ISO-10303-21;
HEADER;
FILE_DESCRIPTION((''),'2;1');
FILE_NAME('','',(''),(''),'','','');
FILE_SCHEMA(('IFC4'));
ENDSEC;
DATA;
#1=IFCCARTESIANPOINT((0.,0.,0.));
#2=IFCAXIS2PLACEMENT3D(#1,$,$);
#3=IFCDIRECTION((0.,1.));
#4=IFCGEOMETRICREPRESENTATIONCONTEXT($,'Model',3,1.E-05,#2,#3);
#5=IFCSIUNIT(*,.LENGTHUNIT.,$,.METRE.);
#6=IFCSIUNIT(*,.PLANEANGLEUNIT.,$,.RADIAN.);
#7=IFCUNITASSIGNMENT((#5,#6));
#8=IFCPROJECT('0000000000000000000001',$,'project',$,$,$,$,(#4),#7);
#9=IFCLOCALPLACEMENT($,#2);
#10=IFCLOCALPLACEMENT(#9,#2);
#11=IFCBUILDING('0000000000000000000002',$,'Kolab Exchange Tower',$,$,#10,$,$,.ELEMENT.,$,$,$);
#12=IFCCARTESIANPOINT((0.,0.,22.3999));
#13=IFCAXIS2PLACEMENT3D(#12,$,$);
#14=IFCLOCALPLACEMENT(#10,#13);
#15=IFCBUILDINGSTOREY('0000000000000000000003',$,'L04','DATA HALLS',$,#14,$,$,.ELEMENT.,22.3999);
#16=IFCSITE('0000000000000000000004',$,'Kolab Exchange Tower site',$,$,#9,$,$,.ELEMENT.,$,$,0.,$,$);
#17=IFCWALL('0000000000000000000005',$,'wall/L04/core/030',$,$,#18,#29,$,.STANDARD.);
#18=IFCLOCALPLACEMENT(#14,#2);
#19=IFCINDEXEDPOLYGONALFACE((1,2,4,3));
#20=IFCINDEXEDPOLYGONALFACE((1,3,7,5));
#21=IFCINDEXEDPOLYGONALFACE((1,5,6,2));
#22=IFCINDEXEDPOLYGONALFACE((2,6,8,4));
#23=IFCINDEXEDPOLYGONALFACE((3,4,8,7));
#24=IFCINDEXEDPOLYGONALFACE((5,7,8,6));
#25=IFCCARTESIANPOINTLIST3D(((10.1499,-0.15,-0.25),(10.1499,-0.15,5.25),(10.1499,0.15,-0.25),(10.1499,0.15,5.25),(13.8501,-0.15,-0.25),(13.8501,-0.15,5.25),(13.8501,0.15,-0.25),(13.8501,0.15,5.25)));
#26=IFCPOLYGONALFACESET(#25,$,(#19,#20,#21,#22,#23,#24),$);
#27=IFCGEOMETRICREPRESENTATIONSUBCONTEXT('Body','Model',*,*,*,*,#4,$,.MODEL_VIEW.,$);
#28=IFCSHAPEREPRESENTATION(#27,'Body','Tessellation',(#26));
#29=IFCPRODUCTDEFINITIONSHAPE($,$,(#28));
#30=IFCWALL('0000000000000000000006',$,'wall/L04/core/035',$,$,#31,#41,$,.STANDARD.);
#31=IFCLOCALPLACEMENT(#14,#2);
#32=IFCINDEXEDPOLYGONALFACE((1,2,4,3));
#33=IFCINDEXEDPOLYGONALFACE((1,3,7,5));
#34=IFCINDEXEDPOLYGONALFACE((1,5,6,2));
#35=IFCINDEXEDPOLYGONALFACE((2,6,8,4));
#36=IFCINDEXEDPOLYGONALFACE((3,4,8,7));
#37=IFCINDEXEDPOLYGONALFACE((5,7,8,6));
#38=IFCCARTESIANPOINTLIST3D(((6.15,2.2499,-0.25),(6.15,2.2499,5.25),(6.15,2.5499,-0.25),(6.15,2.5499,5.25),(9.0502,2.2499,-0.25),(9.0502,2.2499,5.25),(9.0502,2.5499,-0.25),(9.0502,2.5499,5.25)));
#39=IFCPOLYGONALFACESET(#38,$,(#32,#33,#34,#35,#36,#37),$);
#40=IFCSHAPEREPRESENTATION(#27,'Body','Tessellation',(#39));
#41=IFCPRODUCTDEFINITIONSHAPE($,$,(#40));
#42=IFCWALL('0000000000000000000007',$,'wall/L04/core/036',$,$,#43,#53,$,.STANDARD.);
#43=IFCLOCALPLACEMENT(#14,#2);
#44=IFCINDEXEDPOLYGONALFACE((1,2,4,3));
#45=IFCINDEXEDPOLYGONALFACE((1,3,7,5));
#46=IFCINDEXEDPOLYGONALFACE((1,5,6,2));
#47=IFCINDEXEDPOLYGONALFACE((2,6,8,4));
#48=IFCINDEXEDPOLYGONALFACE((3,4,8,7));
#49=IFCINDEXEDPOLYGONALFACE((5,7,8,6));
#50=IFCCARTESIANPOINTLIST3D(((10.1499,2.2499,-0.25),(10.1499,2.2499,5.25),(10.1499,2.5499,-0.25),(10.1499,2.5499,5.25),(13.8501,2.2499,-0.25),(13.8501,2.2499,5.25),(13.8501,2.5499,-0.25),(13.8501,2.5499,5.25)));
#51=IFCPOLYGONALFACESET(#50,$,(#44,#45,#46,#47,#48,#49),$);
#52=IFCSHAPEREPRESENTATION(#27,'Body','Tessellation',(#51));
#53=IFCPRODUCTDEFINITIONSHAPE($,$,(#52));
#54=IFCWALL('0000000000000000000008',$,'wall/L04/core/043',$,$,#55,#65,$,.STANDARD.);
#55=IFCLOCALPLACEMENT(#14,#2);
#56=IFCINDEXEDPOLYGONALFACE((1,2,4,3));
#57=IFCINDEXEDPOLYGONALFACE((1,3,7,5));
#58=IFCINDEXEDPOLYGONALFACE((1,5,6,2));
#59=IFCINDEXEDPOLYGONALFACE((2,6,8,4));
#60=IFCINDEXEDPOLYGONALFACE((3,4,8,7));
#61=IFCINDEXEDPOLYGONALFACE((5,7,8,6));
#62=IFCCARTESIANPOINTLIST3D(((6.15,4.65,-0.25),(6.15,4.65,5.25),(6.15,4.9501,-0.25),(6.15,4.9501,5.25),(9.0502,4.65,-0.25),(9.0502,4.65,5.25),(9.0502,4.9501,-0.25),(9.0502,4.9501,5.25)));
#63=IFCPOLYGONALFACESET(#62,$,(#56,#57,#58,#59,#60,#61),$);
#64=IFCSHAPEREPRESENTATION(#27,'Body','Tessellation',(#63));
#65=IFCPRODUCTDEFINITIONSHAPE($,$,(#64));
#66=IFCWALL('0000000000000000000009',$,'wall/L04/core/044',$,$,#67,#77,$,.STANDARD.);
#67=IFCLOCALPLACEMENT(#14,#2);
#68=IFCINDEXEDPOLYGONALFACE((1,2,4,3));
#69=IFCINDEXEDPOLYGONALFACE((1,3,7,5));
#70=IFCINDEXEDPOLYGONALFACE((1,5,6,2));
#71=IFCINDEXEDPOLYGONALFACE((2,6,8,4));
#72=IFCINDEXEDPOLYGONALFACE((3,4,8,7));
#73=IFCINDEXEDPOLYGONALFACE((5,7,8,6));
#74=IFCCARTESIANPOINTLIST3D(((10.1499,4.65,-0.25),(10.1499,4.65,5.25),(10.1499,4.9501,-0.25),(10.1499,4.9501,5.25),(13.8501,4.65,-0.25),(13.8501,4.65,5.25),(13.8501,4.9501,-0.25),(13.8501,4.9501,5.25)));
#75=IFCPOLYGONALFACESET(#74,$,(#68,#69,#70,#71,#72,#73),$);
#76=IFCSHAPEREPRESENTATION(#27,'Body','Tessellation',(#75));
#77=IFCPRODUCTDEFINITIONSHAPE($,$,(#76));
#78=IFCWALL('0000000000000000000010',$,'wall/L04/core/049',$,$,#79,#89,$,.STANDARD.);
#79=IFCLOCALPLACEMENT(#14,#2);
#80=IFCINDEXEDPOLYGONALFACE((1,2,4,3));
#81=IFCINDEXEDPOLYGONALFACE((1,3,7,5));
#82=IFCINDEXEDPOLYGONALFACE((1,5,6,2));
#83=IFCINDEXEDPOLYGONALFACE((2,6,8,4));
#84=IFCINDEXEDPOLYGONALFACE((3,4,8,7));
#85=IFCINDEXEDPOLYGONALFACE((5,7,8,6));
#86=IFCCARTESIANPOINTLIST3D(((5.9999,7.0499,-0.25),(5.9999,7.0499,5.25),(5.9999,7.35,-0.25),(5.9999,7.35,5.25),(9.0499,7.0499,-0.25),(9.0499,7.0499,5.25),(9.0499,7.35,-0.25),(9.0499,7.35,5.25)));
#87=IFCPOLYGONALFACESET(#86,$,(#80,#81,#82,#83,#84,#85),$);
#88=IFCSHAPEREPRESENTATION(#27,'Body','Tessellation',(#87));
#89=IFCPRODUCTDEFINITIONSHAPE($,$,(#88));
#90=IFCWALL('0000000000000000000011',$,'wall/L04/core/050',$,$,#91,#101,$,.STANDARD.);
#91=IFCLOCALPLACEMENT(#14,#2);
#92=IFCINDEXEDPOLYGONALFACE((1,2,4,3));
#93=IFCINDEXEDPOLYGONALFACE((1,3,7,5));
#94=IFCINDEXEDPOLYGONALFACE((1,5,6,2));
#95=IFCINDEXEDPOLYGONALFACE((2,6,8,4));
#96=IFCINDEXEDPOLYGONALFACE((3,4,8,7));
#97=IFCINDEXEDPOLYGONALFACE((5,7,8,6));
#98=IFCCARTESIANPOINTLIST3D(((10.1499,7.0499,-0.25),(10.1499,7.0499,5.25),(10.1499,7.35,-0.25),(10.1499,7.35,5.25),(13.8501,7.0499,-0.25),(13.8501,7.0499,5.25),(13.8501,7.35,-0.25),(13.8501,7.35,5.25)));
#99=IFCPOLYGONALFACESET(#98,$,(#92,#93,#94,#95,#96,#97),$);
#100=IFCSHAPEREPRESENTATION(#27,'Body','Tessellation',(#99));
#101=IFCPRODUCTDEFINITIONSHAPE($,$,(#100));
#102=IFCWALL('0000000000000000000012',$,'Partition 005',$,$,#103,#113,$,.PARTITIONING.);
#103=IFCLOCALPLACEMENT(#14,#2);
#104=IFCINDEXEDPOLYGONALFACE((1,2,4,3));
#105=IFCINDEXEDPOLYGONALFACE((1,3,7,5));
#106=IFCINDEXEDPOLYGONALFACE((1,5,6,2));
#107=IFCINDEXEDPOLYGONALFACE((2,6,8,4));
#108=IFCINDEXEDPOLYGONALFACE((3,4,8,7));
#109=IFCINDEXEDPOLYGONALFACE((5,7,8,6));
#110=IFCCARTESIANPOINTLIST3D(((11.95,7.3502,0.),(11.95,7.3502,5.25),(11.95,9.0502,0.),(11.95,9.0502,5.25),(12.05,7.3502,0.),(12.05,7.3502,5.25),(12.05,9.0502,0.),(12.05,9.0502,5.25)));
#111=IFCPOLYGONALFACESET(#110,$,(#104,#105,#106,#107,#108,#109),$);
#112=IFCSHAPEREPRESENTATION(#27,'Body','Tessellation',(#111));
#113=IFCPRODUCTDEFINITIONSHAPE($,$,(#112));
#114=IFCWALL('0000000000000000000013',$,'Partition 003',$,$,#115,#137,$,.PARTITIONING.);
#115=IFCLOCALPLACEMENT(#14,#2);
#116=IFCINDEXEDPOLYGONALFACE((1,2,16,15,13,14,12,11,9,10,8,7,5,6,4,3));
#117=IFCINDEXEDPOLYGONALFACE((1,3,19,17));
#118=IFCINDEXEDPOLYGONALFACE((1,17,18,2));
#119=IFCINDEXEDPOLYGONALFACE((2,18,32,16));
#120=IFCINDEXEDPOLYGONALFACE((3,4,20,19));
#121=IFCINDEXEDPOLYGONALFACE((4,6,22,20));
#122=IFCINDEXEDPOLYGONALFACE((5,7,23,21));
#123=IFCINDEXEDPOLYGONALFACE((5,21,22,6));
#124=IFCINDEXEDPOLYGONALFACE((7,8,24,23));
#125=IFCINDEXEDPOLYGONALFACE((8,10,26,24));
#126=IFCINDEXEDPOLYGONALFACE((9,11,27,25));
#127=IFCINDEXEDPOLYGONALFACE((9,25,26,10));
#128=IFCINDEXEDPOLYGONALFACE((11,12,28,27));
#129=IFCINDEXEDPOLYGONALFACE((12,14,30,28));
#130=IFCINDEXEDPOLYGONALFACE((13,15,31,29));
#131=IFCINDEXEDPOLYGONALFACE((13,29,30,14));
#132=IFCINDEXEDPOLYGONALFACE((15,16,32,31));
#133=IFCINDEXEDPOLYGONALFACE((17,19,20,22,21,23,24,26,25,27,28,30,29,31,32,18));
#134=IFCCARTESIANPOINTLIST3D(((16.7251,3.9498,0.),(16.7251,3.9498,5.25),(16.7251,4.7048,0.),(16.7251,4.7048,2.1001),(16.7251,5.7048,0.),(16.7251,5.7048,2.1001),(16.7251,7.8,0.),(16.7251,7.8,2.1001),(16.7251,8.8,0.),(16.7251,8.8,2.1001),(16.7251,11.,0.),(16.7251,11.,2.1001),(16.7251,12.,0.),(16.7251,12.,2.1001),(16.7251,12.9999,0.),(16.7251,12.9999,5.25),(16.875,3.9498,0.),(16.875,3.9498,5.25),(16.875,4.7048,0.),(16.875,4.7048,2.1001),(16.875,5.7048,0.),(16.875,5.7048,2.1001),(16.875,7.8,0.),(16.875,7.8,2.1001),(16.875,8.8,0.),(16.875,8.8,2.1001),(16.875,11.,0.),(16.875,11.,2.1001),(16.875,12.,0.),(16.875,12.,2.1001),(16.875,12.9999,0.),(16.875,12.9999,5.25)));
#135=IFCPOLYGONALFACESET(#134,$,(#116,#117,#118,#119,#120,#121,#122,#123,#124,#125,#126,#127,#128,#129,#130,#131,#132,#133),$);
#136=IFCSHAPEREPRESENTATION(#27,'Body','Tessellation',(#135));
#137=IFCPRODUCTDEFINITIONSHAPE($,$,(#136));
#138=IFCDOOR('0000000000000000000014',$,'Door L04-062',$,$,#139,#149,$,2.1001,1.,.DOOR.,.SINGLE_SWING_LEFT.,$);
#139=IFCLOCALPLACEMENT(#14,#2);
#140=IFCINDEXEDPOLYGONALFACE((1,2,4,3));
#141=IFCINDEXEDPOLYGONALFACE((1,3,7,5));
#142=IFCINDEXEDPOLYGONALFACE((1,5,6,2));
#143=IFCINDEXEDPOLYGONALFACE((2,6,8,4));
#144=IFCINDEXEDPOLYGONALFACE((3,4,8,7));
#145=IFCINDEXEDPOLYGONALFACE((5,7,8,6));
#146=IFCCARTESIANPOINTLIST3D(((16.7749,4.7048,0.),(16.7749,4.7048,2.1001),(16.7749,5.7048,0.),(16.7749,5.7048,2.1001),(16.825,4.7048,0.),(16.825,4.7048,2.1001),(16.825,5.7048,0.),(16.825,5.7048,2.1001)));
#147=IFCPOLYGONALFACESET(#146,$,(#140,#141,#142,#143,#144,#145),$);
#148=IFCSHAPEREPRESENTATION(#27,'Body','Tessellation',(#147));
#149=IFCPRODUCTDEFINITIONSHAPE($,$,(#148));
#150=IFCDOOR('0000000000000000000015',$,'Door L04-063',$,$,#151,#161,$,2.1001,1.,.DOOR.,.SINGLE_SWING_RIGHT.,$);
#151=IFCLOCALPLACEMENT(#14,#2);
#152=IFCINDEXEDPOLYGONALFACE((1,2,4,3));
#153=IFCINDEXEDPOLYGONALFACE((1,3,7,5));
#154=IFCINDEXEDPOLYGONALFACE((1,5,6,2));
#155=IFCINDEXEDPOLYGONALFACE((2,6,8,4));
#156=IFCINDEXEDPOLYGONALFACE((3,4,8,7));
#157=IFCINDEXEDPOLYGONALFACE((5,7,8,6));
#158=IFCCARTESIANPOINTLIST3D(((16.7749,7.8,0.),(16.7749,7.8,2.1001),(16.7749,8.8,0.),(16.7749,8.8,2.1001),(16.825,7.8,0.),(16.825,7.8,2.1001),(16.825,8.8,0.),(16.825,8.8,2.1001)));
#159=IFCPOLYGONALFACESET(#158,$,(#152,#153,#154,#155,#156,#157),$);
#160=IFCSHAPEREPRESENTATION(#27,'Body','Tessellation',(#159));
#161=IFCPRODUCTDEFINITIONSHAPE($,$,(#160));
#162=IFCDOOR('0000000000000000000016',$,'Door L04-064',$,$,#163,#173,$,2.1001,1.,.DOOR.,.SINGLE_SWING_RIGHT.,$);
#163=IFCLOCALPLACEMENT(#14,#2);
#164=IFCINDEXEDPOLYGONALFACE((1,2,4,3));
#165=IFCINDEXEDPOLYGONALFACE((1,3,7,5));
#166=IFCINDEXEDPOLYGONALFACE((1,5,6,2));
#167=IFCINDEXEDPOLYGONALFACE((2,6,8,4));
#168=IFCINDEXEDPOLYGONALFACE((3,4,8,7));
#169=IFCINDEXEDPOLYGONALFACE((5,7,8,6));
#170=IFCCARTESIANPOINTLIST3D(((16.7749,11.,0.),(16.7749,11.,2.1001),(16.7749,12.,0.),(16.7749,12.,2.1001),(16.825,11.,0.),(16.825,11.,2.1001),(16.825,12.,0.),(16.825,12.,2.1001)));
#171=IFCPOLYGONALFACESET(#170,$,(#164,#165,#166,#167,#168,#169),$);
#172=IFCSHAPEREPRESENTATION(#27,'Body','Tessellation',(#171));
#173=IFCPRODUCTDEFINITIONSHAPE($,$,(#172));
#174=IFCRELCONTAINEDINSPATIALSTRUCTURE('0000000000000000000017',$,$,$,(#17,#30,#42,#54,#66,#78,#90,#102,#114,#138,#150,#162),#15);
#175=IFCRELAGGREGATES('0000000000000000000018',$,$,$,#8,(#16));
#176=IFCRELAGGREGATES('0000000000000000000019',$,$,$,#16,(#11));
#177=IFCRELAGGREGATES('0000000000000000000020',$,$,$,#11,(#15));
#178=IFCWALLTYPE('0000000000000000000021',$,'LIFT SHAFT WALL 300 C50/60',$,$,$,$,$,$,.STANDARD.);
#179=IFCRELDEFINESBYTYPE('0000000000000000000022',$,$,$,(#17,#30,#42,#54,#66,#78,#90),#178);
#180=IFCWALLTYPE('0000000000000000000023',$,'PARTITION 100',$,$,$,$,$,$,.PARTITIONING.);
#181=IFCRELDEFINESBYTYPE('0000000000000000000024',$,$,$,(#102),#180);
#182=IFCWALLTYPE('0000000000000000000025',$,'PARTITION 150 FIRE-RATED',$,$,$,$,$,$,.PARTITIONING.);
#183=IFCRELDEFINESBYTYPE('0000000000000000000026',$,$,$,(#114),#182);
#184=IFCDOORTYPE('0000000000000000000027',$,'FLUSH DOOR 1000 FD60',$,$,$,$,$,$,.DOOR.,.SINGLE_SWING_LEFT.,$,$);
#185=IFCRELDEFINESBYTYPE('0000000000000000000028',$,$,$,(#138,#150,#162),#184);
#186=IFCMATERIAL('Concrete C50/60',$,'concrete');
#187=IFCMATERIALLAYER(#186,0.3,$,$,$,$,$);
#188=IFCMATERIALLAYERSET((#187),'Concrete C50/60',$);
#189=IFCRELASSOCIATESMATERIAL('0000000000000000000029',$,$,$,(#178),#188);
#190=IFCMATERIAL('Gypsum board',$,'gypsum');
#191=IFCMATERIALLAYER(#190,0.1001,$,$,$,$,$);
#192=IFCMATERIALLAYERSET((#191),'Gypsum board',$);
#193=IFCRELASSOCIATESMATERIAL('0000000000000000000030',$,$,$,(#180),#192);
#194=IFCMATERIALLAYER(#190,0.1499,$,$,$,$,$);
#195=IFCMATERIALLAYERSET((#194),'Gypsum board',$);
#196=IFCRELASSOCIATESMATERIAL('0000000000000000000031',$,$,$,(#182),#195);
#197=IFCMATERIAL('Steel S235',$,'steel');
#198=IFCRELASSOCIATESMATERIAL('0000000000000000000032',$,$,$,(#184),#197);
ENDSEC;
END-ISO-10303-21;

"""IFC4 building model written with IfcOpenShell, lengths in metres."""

from ifc_helpers import new_model, si_unit, direction, frame, frame_2d, origin, place, context, subcontext, project, spatial, rectangle, extrude, material, layer, layer_set, type_object, element, fill, save


model = new_model("IFC4")

# Units and contexts
model_context = context("Model", 3, precision=1e-05, world=origin(), true_north=direction((0.0, 1.0)))
body_context = subcontext(model_context, "Body", "Model", "MODEL_VIEW")
ifc_project = project(units=[si_unit("LENGTHUNIT", "METRE"), si_unit("PLANEANGLEUNIT", "RADIAN")], contexts=[model_context])

# Site, building, storey
site_placement = place(None, origin())
site = spatial("IfcSite", under=ifc_project, at=site_placement, Name="Kolab Exchange Tower site", CompositionType="ELEMENT", RefElevation=0.0)
building_placement = place(site_placement, origin())
building = spatial("IfcBuilding", under=site, at=building_placement, Name="Kolab Exchange Tower", CompositionType="ELEMENT")
storey_placement = place(building_placement, frame((0.0, 0.0, 22.3999)))
storey = spatial("IfcBuildingStorey", under=building, at=storey_placement, Name="L04", Description="DATA HALLS", CompositionType="ELEMENT", Elevation=22.3999)

# Shared definitions
ifc_material_1 = material(Name="Steel S235", Category="steel")

# Walls
ifc_material_2 = material(Name="Concrete C50/60", Category="concrete")
ifc_layer_1 = layer(ifc_material_2, 0.3)
ifc_layer_set_1 = layer_set([ifc_layer_1], Name="Concrete C50/60")
wall_type_1 = type_object("IfcWallType", Name="LIFT SHAFT WALL 300 C50/60", PredefinedType="STANDARD", material=ifc_layer_set_1)
wall_1_placement = place(storey_placement, frame((10.1499, 0.0, -0.25), z_axis=(0.0, 0.0, 1.0), x_axis=(1.0, 0.0, 0.0)))
element("IfcWall", 1, at=wall_1_placement, inside=storey, type_object=wall_type_1, Name="wall/L04/core/030", PredefinedType="STANDARD", context=body_context, shape_type="SweptSolid", body=[
    extrude(rectangle(XDim=3.7002, YDim=0.3, at=frame_2d((1.8501, 0.0))), origin(), (0.0, 0.0, 1.0), 5.5),
])
wall_2_placement = place(storey_placement, frame((6.1499, 2.3999, -0.25), z_axis=(0.0, 0.0, 1.0), x_axis=(1.0, 0.0, 0.0)))
element("IfcWall", 2, at=wall_2_placement, inside=storey, type_object=wall_type_1, Name="wall/L04/core/035", PredefinedType="STANDARD", context=body_context, shape_type="SweptSolid", body=[
    extrude(rectangle(XDim=2.9001, YDim=0.3, at=frame_2d((1.4502, 0.0))), origin(), (0.0, 0.0, 1.0), 5.5),
])
wall_3_placement = place(storey_placement, frame((10.1499, 2.3999, -0.25), z_axis=(0.0, 0.0, 1.0), x_axis=(1.0, 0.0, 0.0)))
element("IfcWall", 3, at=wall_3_placement, inside=storey, type_object=wall_type_1, Name="wall/L04/core/036", PredefinedType="STANDARD", context=body_context, shape_type="SweptSolid", body=[
    extrude(rectangle(XDim=3.7002, YDim=0.3, at=frame_2d((1.8501, 0.0))), origin(), (0.0, 0.0, 1.0), 5.5),
])
wall_4_placement = place(storey_placement, frame((6.1499, 4.8, -0.25), z_axis=(0.0, 0.0, 1.0), x_axis=(1.0, 0.0, 0.0)))
element("IfcWall", 4, at=wall_4_placement, inside=storey, type_object=wall_type_1, Name="wall/L04/core/043", PredefinedType="STANDARD", context=body_context, shape_type="SweptSolid", body=[
    extrude(rectangle(XDim=2.9001, YDim=0.3, at=frame_2d((1.4502, 0.0))), origin(), (0.0, 0.0, 1.0), 5.5),
])
wall_5_placement = place(storey_placement, frame((10.1499, 4.8, -0.25), z_axis=(0.0, 0.0, 1.0), x_axis=(1.0, 0.0, 0.0)))
element("IfcWall", 5, at=wall_5_placement, inside=storey, type_object=wall_type_1, Name="wall/L04/core/044", PredefinedType="STANDARD", context=body_context, shape_type="SweptSolid", body=[
    extrude(rectangle(XDim=3.7002, YDim=0.3, at=frame_2d((1.8501, 0.0))), origin(), (0.0, 0.0, 1.0), 5.5),
])
wall_6_placement = place(storey_placement, frame((6.0, 7.2, -0.25), z_axis=(0.0, 0.0, 1.0), x_axis=(1.0, 0.0, 0.0)))
element("IfcWall", 6, at=wall_6_placement, inside=storey, type_object=wall_type_1, Name="wall/L04/core/049", PredefinedType="STANDARD", context=body_context, shape_type="SweptSolid", body=[
    extrude(rectangle(XDim=3.05, YDim=0.3, at=frame_2d((1.5249, 0.0))), origin(), (0.0, 0.0, 1.0), 5.5),
])
wall_7_placement = place(storey_placement, frame((10.1499, 7.2, -0.25), z_axis=(0.0, 0.0, 1.0), x_axis=(1.0, 0.0, 0.0)))
element("IfcWall", 7, at=wall_7_placement, inside=storey, type_object=wall_type_1, Name="wall/L04/core/050", PredefinedType="STANDARD", context=body_context, shape_type="SweptSolid", body=[
    extrude(rectangle(XDim=3.7002, YDim=0.3, at=frame_2d((1.8501, 0.0))), origin(), (0.0, 0.0, 1.0), 5.5),
])
ifc_material_3 = material(Name="Gypsum board", Category="gypsum")
ifc_layer_2 = layer(ifc_material_3, 0.1001)
ifc_layer_set_2 = layer_set([ifc_layer_2], Name="Gypsum board")
wall_type_2 = type_object("IfcWallType", Name="PARTITION 100", PredefinedType="PARTITIONING", material=ifc_layer_set_2)
wall_8_placement = place(storey_placement, frame((12.0, 7.3501, 0.0), z_axis=(0.0, 0.0, 1.0), x_axis=(0.0, 1.0, 0.0)))
element("IfcWall", 8, at=wall_8_placement, inside=storey, type_object=wall_type_2, Name="Partition 005", PredefinedType="PARTITIONING", context=body_context, shape_type="SweptSolid", body=[
    extrude(rectangle(XDim=1.7, YDim=0.1001, at=frame_2d((0.8501, 0.0))), origin(), (0.0, 0.0, 1.0), 5.25),
])

# Wall, openings, doors
ifc_layer_3 = layer(ifc_material_3, 0.1499)
ifc_layer_set_3 = layer_set([ifc_layer_3], Name="Gypsum board")
wall_type_3 = type_object("IfcWallType", Name="PARTITION 150 FIRE-RATED", PredefinedType="PARTITIONING", material=ifc_layer_set_3)
wall_9_placement = place(storey_placement, frame((16.8, 3.95, 0.0), z_axis=(0.0, 0.0, 1.0), x_axis=(0.0, 1.0, 0.0)))
wall_9 = element("IfcWall", 9, at=wall_9_placement, inside=storey, type_object=wall_type_3, Name="Partition 003", PredefinedType="PARTITIONING", context=body_context, shape_type="SweptSolid", body=[
    extrude(rectangle(XDim=9.05, YDim=0.1499, at=frame_2d((4.5249, 0.0))), origin(), (0.0, 0.0, 1.0), 5.25),
])
opening_1_placement = place(wall_9_placement, frame((0.7549, 0.0, 0.0)))
opening_1 = element("IfcOpeningElement", 10, at=opening_1_placement, cuts=wall_9, PredefinedType="OPENING", context=body_context, shape_type="SweptSolid", body=[
    extrude(rectangle(XDim=1.0, YDim=2.1001, at=frame_2d((0.5, 1.05))), frame((0.0, 0.085, 0.0), z_axis=(0.0, -1.0, 0.0), x_axis=(1.0, 0.0, 0.0)), (0.0, 0.0, 1.0), 0.1699),
])
opening_2_placement = place(wall_9_placement, frame((3.8501, 0.0, 0.0)))
opening_2 = element("IfcOpeningElement", 11, at=opening_2_placement, cuts=wall_9, PredefinedType="OPENING", context=body_context, shape_type="SweptSolid", body=[
    extrude(rectangle(XDim=1.0, YDim=2.1001, at=frame_2d((0.5, 1.05))), frame((0.0, 0.085, 0.0), z_axis=(0.0, -1.0, 0.0), x_axis=(1.0, 0.0, 0.0)), (0.0, 0.0, 1.0), 0.1699),
])
opening_3_placement = place(wall_9_placement, frame((7.05, 0.0, 0.0)))
opening_3 = element("IfcOpeningElement", 12, at=opening_3_placement, cuts=wall_9, PredefinedType="OPENING", context=body_context, shape_type="SweptSolid", body=[
    extrude(rectangle(XDim=1.0, YDim=2.1001, at=frame_2d((0.5, 1.05))), frame((0.0, 0.085, 0.0), z_axis=(0.0, -1.0, 0.0), x_axis=(1.0, 0.0, 0.0)), (0.0, 0.0, 1.0), 0.1699),
])
door_type_1 = type_object("IfcDoorType", Name="FLUSH DOOR 1000 FD60", OperationType="SINGLE_SWING_LEFT", PredefinedType="DOOR", material=ifc_material_1)
door_1_placement = place(opening_1_placement, frame((1.0, 0.0, 0.0), z_axis=(0.0, 0.0, 1.0), x_axis=(-1.0, 0.0, 0.0)))
door_1 = element("IfcDoor", 13, at=door_1_placement, inside=storey, type_object=door_type_1, Name="Door L04-062", OperationType="SINGLE_SWING_LEFT", OverallHeight=2.1001, OverallWidth=1.0, PredefinedType="DOOR", context=body_context, shape_type="SweptSolid", body=[
    extrude(rectangle(XDim=1.0, YDim=2.1001, at=frame_2d((0.5, 1.05))), frame((0.0, 0.0249, 0.0), z_axis=(0.0, -1.0, 0.0), x_axis=(1.0, 0.0, 0.0)), (0.0, 0.0, 1.0), 0.05),
])
fill(opening_1, door_1)
door_2_placement = place(opening_2_placement, frame((1.0, 0.0, 0.0), z_axis=(0.0, 0.0, 1.0), x_axis=(-1.0, 0.0, 0.0)))
door_2 = element("IfcDoor", 14, at=door_2_placement, inside=storey, type_object=door_type_1, Name="Door L04-063", OperationType="SINGLE_SWING_RIGHT", OverallHeight=2.1001, OverallWidth=1.0, PredefinedType="DOOR", context=body_context, shape_type="SweptSolid", body=[
    extrude(rectangle(XDim=1.0, YDim=2.1001, at=frame_2d((0.5, 1.05))), frame((0.0, 0.0249, 0.0), z_axis=(0.0, -1.0, 0.0), x_axis=(1.0, 0.0, 0.0)), (0.0, 0.0, 1.0), 0.05),
])
fill(opening_2, door_2)
door_3_placement = place(opening_3_placement, frame((1.0, 0.0, 0.0), z_axis=(0.0, 0.0, 1.0), x_axis=(-1.0, 0.0, 0.0)))
door_3 = element("IfcDoor", 15, at=door_3_placement, inside=storey, type_object=door_type_1, Name="Door L04-064", OperationType="SINGLE_SWING_RIGHT", OverallHeight=2.1001, OverallWidth=1.0, PredefinedType="DOOR", context=body_context, shape_type="SweptSolid", body=[
    extrude(rectangle(XDim=1.0, YDim=2.1001, at=frame_2d((0.5, 1.05))), frame((0.0, 0.0249, 0.0), z_axis=(0.0, -1.0, 0.0), x_axis=(1.0, 0.0, 0.0)), (0.0, 0.0, 1.0), 0.05),
])
fill(opening_3, door_3)

save(model, "model.ifc")
